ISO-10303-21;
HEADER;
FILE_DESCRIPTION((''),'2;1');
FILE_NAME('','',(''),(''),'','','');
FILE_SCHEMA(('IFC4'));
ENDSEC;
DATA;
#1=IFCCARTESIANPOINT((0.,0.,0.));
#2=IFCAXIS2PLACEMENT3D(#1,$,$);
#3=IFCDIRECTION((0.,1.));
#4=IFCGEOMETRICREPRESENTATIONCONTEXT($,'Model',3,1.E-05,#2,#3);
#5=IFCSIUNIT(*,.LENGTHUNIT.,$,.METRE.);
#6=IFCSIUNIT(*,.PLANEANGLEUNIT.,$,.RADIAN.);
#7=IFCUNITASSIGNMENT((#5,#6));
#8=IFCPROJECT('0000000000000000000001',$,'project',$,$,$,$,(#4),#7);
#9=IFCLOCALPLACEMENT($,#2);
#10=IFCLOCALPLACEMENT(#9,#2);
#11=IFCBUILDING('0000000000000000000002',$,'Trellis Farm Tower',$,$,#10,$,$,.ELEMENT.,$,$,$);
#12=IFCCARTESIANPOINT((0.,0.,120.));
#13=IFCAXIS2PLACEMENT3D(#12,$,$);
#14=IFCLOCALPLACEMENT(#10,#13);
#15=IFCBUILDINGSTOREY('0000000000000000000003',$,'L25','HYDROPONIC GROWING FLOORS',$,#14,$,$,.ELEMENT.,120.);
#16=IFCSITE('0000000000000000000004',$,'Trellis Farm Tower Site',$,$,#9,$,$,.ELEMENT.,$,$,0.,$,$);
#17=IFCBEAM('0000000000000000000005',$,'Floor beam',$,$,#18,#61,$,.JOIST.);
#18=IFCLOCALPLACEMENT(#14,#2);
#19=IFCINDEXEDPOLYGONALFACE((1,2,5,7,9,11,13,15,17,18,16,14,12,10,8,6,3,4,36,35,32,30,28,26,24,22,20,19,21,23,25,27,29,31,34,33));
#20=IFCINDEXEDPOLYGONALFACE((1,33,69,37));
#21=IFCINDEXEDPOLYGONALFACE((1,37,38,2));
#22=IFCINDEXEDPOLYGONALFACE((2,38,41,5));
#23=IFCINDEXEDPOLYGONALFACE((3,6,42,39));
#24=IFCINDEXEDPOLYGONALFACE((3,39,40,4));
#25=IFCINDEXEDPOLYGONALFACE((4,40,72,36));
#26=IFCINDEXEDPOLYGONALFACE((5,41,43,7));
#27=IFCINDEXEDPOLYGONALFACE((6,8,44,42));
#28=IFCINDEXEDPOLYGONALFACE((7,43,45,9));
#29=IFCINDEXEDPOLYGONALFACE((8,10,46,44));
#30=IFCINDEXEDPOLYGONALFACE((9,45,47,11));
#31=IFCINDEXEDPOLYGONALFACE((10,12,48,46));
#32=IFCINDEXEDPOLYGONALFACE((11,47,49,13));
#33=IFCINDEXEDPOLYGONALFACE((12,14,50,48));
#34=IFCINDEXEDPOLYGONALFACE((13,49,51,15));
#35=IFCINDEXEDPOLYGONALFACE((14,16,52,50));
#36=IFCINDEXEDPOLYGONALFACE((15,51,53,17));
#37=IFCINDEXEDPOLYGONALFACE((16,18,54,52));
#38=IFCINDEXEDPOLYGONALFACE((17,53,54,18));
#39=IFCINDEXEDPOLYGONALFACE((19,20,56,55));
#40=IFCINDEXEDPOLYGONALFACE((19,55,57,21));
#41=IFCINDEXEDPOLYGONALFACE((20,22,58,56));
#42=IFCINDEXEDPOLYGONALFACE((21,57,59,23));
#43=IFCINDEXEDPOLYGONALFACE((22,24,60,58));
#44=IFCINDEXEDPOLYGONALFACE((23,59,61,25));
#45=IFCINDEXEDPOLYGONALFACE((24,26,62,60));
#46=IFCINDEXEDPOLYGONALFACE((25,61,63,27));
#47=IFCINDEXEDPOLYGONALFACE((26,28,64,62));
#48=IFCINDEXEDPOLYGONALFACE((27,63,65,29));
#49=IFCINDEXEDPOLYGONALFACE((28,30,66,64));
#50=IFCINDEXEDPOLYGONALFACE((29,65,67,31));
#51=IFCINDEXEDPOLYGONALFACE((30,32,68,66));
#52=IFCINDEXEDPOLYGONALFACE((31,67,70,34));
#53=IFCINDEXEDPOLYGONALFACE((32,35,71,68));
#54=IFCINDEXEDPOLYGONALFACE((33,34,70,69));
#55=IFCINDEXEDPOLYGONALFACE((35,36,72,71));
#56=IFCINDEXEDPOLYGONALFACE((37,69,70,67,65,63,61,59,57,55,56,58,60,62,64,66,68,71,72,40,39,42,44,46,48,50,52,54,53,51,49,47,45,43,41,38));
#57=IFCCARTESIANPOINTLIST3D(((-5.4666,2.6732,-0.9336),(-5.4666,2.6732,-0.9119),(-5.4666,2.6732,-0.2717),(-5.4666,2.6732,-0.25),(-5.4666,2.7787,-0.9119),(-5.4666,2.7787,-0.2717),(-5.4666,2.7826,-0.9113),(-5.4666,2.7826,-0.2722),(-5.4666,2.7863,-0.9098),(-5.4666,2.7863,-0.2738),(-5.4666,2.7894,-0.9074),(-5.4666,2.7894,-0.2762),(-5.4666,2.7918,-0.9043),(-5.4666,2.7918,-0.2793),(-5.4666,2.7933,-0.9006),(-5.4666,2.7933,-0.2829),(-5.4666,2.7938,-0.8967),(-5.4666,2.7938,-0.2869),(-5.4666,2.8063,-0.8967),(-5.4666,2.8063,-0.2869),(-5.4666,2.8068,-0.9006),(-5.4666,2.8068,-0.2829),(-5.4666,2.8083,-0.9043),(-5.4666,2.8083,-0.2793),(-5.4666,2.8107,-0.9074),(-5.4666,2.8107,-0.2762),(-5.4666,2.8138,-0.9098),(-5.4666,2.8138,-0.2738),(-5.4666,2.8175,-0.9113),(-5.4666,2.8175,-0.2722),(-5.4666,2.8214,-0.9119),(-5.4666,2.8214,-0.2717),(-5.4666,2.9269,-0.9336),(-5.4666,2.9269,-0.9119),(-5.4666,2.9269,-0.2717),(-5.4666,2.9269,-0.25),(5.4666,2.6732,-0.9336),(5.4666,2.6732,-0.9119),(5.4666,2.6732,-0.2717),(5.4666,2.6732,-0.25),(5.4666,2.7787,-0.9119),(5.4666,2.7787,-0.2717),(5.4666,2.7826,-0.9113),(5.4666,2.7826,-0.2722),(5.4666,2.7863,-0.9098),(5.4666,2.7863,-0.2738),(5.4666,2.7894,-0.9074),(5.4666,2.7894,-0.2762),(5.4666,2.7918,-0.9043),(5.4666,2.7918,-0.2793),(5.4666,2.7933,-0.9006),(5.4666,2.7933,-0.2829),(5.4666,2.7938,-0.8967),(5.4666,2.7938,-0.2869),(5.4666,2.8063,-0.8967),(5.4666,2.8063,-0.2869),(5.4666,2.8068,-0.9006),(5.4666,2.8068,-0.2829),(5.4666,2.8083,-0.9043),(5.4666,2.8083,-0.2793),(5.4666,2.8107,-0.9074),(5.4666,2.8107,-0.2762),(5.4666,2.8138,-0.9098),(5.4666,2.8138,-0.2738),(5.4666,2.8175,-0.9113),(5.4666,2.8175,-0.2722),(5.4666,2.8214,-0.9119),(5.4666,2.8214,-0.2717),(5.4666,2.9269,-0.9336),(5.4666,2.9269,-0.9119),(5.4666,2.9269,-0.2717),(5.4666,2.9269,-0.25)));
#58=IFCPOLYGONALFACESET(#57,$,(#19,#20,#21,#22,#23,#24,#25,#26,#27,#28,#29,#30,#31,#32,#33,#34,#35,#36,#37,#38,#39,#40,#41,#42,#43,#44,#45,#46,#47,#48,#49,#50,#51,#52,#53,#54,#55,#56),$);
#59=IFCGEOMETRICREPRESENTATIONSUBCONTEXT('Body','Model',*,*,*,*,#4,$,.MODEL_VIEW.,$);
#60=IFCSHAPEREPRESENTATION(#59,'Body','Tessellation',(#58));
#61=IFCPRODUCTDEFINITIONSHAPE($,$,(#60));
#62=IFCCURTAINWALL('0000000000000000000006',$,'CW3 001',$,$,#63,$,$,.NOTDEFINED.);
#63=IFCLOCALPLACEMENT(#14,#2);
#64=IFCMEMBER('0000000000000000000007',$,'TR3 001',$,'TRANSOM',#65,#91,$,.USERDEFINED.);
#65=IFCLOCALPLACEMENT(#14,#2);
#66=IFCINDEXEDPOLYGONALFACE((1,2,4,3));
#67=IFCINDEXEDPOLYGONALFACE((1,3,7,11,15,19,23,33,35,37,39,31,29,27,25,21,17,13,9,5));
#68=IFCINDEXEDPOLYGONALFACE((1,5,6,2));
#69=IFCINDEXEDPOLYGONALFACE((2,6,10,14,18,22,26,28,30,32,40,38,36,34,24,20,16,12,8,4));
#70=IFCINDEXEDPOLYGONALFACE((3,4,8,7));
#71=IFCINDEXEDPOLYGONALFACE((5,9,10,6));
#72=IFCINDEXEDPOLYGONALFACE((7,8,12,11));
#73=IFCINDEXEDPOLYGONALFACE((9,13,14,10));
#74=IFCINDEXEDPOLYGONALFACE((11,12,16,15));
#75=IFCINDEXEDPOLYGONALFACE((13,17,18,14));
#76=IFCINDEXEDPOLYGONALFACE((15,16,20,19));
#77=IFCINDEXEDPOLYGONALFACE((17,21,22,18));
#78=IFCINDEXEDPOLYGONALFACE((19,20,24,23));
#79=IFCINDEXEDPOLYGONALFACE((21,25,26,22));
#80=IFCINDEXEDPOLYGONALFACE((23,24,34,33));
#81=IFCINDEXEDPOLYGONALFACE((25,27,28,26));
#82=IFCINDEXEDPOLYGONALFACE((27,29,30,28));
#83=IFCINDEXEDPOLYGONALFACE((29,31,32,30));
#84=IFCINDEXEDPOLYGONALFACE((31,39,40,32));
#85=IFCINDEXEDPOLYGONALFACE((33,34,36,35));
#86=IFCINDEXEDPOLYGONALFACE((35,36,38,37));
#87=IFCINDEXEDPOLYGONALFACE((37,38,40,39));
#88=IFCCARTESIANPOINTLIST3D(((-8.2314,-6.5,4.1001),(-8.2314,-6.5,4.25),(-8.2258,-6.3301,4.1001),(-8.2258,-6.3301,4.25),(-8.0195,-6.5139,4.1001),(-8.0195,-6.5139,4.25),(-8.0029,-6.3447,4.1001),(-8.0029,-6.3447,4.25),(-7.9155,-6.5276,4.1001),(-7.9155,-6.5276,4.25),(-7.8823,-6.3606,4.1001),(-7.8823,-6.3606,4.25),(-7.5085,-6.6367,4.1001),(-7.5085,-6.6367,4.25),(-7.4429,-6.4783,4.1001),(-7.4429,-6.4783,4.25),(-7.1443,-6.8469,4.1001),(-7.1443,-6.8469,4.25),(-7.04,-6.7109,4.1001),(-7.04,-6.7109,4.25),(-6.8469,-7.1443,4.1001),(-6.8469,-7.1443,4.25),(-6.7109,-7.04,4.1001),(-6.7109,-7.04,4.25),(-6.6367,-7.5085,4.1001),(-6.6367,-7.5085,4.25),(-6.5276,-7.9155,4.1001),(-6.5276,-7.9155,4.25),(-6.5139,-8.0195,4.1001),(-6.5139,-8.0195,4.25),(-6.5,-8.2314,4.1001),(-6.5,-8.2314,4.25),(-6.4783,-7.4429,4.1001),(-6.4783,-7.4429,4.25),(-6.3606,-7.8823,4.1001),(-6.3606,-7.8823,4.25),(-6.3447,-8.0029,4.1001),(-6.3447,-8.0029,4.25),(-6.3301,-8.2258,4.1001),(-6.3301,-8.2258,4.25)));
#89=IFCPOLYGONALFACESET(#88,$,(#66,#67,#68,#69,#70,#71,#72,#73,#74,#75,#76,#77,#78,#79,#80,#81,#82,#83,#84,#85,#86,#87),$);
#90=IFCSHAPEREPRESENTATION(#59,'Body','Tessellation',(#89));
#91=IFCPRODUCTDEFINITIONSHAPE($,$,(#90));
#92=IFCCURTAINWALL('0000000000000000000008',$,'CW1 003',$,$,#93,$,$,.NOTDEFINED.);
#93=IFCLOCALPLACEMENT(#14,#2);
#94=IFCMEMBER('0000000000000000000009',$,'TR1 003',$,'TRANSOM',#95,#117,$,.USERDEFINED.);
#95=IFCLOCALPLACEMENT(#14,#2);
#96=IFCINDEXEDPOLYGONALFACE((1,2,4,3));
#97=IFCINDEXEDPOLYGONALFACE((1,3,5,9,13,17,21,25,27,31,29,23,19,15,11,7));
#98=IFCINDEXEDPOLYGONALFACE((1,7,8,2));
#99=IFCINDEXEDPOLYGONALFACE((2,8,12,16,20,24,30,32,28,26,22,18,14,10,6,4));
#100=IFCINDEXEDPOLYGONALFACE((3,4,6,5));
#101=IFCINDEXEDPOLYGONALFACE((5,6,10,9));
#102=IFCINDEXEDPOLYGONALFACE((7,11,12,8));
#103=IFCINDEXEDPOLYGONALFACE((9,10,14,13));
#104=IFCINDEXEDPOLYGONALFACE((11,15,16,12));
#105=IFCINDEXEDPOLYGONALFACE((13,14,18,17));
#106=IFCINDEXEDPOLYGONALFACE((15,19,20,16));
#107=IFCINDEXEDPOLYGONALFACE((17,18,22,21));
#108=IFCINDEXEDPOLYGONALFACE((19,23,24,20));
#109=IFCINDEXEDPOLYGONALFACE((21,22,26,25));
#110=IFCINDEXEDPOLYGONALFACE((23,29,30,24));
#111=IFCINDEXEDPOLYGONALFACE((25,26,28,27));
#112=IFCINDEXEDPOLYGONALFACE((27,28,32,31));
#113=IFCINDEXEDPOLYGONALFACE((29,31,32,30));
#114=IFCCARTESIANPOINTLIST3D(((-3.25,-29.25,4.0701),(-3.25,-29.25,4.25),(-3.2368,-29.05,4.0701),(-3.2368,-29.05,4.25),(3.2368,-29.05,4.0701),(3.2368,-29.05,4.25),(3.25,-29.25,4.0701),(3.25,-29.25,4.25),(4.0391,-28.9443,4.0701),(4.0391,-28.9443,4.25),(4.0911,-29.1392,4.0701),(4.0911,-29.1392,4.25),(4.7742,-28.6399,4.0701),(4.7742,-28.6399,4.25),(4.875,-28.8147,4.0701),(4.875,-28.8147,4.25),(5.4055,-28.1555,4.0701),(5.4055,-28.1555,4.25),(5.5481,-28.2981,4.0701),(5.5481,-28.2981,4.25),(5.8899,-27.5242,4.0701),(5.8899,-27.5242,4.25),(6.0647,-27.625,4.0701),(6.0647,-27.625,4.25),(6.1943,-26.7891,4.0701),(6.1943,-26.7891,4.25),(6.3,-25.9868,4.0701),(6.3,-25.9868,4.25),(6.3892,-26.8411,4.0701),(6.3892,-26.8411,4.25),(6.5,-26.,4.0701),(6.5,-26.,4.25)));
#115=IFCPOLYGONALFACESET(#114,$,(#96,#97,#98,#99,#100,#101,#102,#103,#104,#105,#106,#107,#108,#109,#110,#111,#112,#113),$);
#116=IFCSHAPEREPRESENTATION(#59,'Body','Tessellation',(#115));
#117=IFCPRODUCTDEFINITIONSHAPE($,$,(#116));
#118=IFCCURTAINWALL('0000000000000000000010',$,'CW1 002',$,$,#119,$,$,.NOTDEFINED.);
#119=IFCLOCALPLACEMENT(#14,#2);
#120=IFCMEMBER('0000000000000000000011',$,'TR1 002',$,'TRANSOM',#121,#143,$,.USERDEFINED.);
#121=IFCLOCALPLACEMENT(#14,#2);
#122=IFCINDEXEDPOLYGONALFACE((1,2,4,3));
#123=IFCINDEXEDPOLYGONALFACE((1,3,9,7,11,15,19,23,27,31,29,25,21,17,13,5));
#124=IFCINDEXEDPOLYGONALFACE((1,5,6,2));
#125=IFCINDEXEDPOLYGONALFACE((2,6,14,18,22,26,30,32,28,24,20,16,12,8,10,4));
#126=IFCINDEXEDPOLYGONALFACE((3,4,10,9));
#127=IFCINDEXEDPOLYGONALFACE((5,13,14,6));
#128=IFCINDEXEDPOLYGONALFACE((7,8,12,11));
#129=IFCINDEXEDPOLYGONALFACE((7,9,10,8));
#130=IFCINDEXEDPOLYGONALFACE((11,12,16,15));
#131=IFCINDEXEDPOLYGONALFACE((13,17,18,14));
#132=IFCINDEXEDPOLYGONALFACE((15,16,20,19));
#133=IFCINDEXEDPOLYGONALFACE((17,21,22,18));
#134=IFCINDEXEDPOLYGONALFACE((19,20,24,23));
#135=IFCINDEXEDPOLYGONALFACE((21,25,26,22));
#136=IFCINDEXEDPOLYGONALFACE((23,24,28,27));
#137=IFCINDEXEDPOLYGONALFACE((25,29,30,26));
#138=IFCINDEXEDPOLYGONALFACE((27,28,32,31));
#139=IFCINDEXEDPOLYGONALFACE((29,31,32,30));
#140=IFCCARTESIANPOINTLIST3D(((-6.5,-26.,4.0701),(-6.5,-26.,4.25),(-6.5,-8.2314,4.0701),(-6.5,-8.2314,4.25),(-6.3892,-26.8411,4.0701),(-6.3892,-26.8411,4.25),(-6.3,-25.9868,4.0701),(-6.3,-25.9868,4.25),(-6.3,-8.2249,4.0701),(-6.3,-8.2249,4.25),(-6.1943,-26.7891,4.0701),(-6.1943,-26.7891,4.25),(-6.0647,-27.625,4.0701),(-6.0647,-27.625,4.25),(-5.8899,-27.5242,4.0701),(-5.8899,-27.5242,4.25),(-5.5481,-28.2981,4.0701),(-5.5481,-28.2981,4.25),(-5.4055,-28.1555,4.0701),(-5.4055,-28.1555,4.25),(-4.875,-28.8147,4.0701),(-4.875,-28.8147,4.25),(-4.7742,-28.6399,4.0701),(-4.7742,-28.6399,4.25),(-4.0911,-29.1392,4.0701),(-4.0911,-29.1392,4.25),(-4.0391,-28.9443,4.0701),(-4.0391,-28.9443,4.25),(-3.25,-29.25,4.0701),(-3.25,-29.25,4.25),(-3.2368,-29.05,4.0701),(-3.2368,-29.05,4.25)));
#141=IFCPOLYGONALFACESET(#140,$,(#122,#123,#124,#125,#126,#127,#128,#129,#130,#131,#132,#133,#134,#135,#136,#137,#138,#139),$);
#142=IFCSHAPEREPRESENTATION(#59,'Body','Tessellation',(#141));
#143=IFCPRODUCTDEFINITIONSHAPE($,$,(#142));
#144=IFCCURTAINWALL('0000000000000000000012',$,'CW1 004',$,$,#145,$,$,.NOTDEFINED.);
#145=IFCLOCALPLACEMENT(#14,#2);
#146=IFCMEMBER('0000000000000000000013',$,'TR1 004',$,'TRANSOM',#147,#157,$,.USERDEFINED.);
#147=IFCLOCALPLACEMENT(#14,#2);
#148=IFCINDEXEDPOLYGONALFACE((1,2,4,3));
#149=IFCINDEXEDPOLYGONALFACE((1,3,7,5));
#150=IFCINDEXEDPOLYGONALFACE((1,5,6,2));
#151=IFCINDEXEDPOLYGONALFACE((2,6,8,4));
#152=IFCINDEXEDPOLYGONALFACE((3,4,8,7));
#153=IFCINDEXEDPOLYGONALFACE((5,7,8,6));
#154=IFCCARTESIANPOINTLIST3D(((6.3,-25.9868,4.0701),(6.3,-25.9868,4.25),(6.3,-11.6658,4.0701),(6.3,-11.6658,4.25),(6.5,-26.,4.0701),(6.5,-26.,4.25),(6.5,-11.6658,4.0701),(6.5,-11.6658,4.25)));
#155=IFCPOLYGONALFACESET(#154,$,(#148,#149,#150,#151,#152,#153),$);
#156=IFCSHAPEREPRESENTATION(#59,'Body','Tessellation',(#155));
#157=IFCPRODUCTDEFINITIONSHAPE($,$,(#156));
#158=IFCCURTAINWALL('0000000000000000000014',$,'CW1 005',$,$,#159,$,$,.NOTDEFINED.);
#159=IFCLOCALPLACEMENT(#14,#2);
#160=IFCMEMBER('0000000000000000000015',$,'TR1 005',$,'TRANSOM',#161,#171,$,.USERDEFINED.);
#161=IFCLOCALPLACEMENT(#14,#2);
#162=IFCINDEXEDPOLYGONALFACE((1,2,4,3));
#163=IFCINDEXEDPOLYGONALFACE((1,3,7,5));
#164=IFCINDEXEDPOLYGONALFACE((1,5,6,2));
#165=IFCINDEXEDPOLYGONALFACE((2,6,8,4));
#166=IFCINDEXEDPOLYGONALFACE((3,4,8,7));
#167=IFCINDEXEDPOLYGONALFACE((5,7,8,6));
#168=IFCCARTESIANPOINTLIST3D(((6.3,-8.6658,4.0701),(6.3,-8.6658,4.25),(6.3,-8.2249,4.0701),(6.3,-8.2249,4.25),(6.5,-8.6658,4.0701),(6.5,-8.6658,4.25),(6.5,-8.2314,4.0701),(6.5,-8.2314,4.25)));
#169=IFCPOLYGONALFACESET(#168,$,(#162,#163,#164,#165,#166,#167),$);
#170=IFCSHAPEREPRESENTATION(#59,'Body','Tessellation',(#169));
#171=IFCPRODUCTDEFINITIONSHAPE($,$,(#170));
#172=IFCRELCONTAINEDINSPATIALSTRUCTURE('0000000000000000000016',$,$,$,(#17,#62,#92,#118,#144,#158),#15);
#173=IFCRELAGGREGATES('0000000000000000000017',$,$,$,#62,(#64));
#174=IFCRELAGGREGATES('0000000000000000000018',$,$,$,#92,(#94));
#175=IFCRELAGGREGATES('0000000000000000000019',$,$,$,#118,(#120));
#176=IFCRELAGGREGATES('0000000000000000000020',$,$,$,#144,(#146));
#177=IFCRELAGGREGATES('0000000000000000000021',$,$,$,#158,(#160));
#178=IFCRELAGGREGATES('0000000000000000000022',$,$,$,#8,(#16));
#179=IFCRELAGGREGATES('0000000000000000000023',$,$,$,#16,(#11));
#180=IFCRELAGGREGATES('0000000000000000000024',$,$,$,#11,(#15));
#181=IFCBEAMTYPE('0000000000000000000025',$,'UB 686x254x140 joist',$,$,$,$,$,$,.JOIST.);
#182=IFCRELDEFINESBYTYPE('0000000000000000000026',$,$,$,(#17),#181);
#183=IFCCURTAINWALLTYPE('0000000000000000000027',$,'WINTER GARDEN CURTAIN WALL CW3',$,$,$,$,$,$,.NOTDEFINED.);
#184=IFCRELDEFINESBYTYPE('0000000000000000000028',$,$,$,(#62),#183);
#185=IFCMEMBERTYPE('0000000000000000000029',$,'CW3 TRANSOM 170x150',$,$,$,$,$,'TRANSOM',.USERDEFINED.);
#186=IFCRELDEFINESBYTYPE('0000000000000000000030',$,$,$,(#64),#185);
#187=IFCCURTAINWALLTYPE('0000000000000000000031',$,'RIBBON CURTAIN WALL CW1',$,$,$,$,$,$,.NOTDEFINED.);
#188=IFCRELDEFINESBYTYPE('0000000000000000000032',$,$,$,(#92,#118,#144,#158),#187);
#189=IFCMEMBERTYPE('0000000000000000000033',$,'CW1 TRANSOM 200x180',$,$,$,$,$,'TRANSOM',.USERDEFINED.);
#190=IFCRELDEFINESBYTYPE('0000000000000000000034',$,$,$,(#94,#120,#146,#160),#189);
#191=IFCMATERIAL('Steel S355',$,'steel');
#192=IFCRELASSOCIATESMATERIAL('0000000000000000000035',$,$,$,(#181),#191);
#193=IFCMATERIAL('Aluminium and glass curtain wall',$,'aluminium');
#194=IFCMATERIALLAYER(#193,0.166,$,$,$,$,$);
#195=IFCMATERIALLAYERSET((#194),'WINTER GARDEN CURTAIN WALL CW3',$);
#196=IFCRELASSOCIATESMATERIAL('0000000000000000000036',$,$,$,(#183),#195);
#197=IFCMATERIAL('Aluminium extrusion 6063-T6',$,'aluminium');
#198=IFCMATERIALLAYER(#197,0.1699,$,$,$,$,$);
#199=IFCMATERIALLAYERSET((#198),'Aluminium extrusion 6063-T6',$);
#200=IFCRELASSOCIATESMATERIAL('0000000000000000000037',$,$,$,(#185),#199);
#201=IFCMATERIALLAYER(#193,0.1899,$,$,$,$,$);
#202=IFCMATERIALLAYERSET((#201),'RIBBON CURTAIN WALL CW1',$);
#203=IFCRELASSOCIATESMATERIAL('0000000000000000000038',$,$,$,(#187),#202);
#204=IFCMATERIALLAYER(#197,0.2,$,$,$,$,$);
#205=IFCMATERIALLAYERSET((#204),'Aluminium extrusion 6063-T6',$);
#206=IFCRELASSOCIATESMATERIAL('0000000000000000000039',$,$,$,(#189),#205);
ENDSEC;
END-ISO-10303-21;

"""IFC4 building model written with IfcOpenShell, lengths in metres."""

from ifc_helpers import new_model, si_unit, direction, frame, origin, origin_2d, place, context, subcontext, project, spatial, polyline, i_section, outline, extrude, source, transform, mapped, material, layer, layer_set, material_profile, profile_set, type_object, element, aggregate, save


model = new_model("IFC4")

# Units and contexts
model_context = context("Model", 3, precision=1e-05, world=origin(), true_north=direction((0.0, 1.0)))
body_context = subcontext(model_context, "Body", "Model", "MODEL_VIEW")
ifc_project = project(units=[si_unit("LENGTHUNIT", "METRE"), si_unit("PLANEANGLEUNIT", "RADIAN")], contexts=[model_context])

# Site, building, storey
site_placement = place(None, origin())
site = spatial("IfcSite", under=ifc_project, at=site_placement, Name="Trellis Farm Tower Site", CompositionType="ELEMENT", RefElevation=0.0)
building_placement = place(site_placement, origin())
building = spatial("IfcBuilding", under=site, at=building_placement, Name="Trellis Farm Tower", CompositionType="ELEMENT")
storey_placement = place(building_placement, frame((0.0, 0.0, 120.0)))
storey = spatial("IfcBuildingStorey", under=building, at=storey_placement, Name="L25", Description="HYDROPONIC GROWING FLOORS", CompositionType="ELEMENT", Elevation=120.0)

# Beam
ifc_material_1 = material(Name="Steel S355", Category="steel")
ifc_material_profile = material_profile(ifc_material_1, i_section(OverallWidth=0.2537, OverallDepth=0.6836, WebThickness=0.0125, FlangeThickness=0.0217, FilletRadius=0.0151, at=origin_2d()), Name="UB 686x254x140")
ifc_profile_set = profile_set([ifc_material_profile], Name="Steel S355")
beam_type = type_object("IfcBeamType", Name="UB 686x254x140 joist", PredefinedType="JOIST", material=ifc_profile_set)
shared_shape_1 = source(origin(), body_context, "Body", "SweptSolid", [
    extrude(i_section(OverallWidth=0.2537, OverallDepth=0.6836, WebThickness=0.0125, FlangeThickness=0.0217, FilletRadius=0.0151, at=origin_2d()), origin(), (0.0, 0.0, 1.0), 10.9331),
])
beam_placement = place(storey_placement, frame((-5.4666, 2.8, -0.5918), z_axis=(1.0, 0.0, 0.0), x_axis=(0.0, 1.0, 0.0)))
element("IfcBeam", 1, at=beam_placement, inside=storey, type_object=beam_type, Name="Floor beam", PredefinedType="JOIST", context=body_context, shape_type="MappedRepresentation", body=[
    mapped(shared_shape_1, transform((0.0, 0.0, 0.0))),
])

# Curtain walls, members
ifc_material_2 = material(Name="Aluminium and glass curtain wall", Category="aluminium")
ifc_layer_1 = layer(ifc_material_2, 0.166)
ifc_layer_set_1 = layer_set([ifc_layer_1], Name="WINTER GARDEN CURTAIN WALL CW3")
curtain_wall_type_1 = type_object("IfcCurtainWallType", Name="WINTER GARDEN CURTAIN WALL CW3", PredefinedType="NOTDEFINED", material=ifc_layer_set_1)
placement_1 = place(storey_placement, origin())
curtain_wall_1 = element("IfcCurtainWall", 2, at=placement_1, inside=storey, type_object=curtain_wall_type_1, Name="CW3 001", PredefinedType="NOTDEFINED")
ifc_material_3 = material(Name="Aluminium extrusion 6063-T6", Category="aluminium")
ifc_layer_2 = layer(ifc_material_3, 0.1699)
ifc_layer_set_2 = layer_set([ifc_layer_2], Name="Aluminium extrusion 6063-T6")
member_type_1 = type_object("IfcMemberType", Name="CW3 TRANSOM 170x150", ElementType="TRANSOM", PredefinedType="USERDEFINED", material=ifc_layer_set_2)
shared_shape_2 = source(origin(), body_context, "Body", "SweptSolid", [
    extrude(outline(polyline([(-8.2314, -6.5), (-8.0195, -6.5139), (-7.9155, -6.5276), (-7.5085, -6.6367), (-7.1443, -6.8469), (-6.8469, -7.1443), (-6.6367, -7.5085), (-6.5276, -7.9155), (-6.5139, -8.0195), (-6.5, -8.2314), (-6.3301, -8.2258), (-6.3447, -8.0029), (-6.3606, -7.8823), (-6.4783, -7.4429), (-6.7109, -7.04), (-7.04, -6.7109), (-7.4429, -6.4783), (-7.8823, -6.3606), (-8.0029, -6.3447), (-8.2258, -6.3301), (-8.2314, -6.5)])), origin(), (0.0, 0.0, 1.0), 0.1499),
])
member_1_placement = place(storey_placement, frame((0.0, 0.0, 4.1001)))
member_1 = element("IfcMember", 3, at=member_1_placement, type_object=member_type_1, Name="TR3 001", ObjectType="TRANSOM", PredefinedType="USERDEFINED", context=body_context, shape_type="MappedRepresentation", body=[
    mapped(shared_shape_2, transform((0.0, 0.0, 0.0))),
])
ifc_layer_3 = layer(ifc_material_2, 0.1899)
ifc_layer_set_3 = layer_set([ifc_layer_3], Name="RIBBON CURTAIN WALL CW1")
curtain_wall_type_2 = type_object("IfcCurtainWallType", Name="RIBBON CURTAIN WALL CW1", PredefinedType="NOTDEFINED", material=ifc_layer_set_3)
curtain_wall_2 = element("IfcCurtainWall", 4, at=placement_1, inside=storey, type_object=curtain_wall_type_2, Name="CW1 003", PredefinedType="NOTDEFINED")
ifc_layer_4 = layer(ifc_material_3, 0.2)
ifc_layer_set_4 = layer_set([ifc_layer_4], Name="Aluminium extrusion 6063-T6")
member_type_2 = type_object("IfcMemberType", Name="CW1 TRANSOM 200x180", ElementType="TRANSOM", PredefinedType="USERDEFINED", material=ifc_layer_set_4)
shared_shape_3 = source(origin(), body_context, "Body", "SweptSolid", [
    extrude(outline(polyline([(-3.25, -29.25), (3.25, -29.25), (4.0911, -29.1392), (4.875, -28.8147), (5.5481, -28.2981), (6.0647, -27.625), (6.3892, -26.8411), (6.5, -26.0), (6.3, -25.9868), (6.1943, -26.7891), (5.8899, -27.5242), (5.4055, -28.1555), (4.7742, -28.6399), (4.0391, -28.9443), (3.2368, -29.05), (-3.2368, -29.05), (-3.25, -29.25)])), origin(), (0.0, 0.0, 1.0), 0.1799),
])
placement_2 = place(storey_placement, frame((0.0, 0.0, 4.0701)))
member_2 = element("IfcMember", 5, at=placement_2, type_object=member_type_2, Name="TR1 003", ObjectType="TRANSOM", PredefinedType="USERDEFINED", context=body_context, shape_type="MappedRepresentation", body=[
    mapped(shared_shape_3, transform((0.0, 0.0, 0.0))),
])
curtain_wall_3 = element("IfcCurtainWall", 6, at=placement_1, inside=storey, type_object=curtain_wall_type_2, Name="CW1 002", PredefinedType="NOTDEFINED")
shared_shape_4 = source(origin(), body_context, "Body", "SweptSolid", [
    extrude(outline(polyline([(-6.5, -8.2314), (-6.5, -26.0), (-6.3892, -26.8411), (-6.0647, -27.625), (-5.5481, -28.2981), (-4.875, -28.8147), (-4.0911, -29.1392), (-3.25, -29.25), (-3.2368, -29.05), (-4.0391, -28.9443), (-4.7742, -28.6399), (-5.4055, -28.1555), (-5.8899, -27.5242), (-6.1943, -26.7891), (-6.3, -25.9868), (-6.3, -8.2249), (-6.5, -8.2314)])), origin(), (0.0, 0.0, 1.0), 0.1799),
])
member_3 = element("IfcMember", 7, at=placement_2, type_object=member_type_2, Name="TR1 002", ObjectType="TRANSOM", PredefinedType="USERDEFINED", context=body_context, shape_type="MappedRepresentation", body=[
    mapped(shared_shape_4, transform((0.0, 0.0, 0.0))),
])
curtain_wall_4 = element("IfcCurtainWall", 8, at=placement_1, inside=storey, type_object=curtain_wall_type_2, Name="CW1 004", PredefinedType="NOTDEFINED")
shared_shape_5 = source(origin(), body_context, "Body", "SweptSolid", [
    extrude(outline(polyline([(6.5, -26.0), (6.5, -11.6658), (6.3, -11.6658), (6.3, -25.9868), (6.5, -26.0)])), origin(), (0.0, 0.0, 1.0), 0.1799),
])
member_4 = element("IfcMember", 9, at=placement_2, type_object=member_type_2, Name="TR1 004", ObjectType="TRANSOM", PredefinedType="USERDEFINED", context=body_context, shape_type="MappedRepresentation", body=[
    mapped(shared_shape_5, transform((0.0, 0.0, 0.0))),
])
curtain_wall_5 = element("IfcCurtainWall", 10, at=placement_1, inside=storey, type_object=curtain_wall_type_2, Name="CW1 005", PredefinedType="NOTDEFINED")
shared_shape_6 = source(origin(), body_context, "Body", "SweptSolid", [
    extrude(outline(polyline([(6.5, -8.6658), (6.5, -8.2314), (6.3, -8.2249), (6.3, -8.6658), (6.5, -8.6658)])), origin(), (0.0, 0.0, 1.0), 0.1799),
])
member_5 = element("IfcMember", 11, at=placement_2, type_object=member_type_2, Name="TR1 005", ObjectType="TRANSOM", PredefinedType="USERDEFINED", context=body_context, shape_type="MappedRepresentation", body=[
    mapped(shared_shape_6, transform((0.0, 0.0, 0.0))),
])

aggregate(curtain_wall_1, [member_1])
aggregate(curtain_wall_2, [member_2])
aggregate(curtain_wall_3, [member_3])
aggregate(curtain_wall_4, [member_4])
aggregate(curtain_wall_5, [member_5])

save(model, "model.ifc")
